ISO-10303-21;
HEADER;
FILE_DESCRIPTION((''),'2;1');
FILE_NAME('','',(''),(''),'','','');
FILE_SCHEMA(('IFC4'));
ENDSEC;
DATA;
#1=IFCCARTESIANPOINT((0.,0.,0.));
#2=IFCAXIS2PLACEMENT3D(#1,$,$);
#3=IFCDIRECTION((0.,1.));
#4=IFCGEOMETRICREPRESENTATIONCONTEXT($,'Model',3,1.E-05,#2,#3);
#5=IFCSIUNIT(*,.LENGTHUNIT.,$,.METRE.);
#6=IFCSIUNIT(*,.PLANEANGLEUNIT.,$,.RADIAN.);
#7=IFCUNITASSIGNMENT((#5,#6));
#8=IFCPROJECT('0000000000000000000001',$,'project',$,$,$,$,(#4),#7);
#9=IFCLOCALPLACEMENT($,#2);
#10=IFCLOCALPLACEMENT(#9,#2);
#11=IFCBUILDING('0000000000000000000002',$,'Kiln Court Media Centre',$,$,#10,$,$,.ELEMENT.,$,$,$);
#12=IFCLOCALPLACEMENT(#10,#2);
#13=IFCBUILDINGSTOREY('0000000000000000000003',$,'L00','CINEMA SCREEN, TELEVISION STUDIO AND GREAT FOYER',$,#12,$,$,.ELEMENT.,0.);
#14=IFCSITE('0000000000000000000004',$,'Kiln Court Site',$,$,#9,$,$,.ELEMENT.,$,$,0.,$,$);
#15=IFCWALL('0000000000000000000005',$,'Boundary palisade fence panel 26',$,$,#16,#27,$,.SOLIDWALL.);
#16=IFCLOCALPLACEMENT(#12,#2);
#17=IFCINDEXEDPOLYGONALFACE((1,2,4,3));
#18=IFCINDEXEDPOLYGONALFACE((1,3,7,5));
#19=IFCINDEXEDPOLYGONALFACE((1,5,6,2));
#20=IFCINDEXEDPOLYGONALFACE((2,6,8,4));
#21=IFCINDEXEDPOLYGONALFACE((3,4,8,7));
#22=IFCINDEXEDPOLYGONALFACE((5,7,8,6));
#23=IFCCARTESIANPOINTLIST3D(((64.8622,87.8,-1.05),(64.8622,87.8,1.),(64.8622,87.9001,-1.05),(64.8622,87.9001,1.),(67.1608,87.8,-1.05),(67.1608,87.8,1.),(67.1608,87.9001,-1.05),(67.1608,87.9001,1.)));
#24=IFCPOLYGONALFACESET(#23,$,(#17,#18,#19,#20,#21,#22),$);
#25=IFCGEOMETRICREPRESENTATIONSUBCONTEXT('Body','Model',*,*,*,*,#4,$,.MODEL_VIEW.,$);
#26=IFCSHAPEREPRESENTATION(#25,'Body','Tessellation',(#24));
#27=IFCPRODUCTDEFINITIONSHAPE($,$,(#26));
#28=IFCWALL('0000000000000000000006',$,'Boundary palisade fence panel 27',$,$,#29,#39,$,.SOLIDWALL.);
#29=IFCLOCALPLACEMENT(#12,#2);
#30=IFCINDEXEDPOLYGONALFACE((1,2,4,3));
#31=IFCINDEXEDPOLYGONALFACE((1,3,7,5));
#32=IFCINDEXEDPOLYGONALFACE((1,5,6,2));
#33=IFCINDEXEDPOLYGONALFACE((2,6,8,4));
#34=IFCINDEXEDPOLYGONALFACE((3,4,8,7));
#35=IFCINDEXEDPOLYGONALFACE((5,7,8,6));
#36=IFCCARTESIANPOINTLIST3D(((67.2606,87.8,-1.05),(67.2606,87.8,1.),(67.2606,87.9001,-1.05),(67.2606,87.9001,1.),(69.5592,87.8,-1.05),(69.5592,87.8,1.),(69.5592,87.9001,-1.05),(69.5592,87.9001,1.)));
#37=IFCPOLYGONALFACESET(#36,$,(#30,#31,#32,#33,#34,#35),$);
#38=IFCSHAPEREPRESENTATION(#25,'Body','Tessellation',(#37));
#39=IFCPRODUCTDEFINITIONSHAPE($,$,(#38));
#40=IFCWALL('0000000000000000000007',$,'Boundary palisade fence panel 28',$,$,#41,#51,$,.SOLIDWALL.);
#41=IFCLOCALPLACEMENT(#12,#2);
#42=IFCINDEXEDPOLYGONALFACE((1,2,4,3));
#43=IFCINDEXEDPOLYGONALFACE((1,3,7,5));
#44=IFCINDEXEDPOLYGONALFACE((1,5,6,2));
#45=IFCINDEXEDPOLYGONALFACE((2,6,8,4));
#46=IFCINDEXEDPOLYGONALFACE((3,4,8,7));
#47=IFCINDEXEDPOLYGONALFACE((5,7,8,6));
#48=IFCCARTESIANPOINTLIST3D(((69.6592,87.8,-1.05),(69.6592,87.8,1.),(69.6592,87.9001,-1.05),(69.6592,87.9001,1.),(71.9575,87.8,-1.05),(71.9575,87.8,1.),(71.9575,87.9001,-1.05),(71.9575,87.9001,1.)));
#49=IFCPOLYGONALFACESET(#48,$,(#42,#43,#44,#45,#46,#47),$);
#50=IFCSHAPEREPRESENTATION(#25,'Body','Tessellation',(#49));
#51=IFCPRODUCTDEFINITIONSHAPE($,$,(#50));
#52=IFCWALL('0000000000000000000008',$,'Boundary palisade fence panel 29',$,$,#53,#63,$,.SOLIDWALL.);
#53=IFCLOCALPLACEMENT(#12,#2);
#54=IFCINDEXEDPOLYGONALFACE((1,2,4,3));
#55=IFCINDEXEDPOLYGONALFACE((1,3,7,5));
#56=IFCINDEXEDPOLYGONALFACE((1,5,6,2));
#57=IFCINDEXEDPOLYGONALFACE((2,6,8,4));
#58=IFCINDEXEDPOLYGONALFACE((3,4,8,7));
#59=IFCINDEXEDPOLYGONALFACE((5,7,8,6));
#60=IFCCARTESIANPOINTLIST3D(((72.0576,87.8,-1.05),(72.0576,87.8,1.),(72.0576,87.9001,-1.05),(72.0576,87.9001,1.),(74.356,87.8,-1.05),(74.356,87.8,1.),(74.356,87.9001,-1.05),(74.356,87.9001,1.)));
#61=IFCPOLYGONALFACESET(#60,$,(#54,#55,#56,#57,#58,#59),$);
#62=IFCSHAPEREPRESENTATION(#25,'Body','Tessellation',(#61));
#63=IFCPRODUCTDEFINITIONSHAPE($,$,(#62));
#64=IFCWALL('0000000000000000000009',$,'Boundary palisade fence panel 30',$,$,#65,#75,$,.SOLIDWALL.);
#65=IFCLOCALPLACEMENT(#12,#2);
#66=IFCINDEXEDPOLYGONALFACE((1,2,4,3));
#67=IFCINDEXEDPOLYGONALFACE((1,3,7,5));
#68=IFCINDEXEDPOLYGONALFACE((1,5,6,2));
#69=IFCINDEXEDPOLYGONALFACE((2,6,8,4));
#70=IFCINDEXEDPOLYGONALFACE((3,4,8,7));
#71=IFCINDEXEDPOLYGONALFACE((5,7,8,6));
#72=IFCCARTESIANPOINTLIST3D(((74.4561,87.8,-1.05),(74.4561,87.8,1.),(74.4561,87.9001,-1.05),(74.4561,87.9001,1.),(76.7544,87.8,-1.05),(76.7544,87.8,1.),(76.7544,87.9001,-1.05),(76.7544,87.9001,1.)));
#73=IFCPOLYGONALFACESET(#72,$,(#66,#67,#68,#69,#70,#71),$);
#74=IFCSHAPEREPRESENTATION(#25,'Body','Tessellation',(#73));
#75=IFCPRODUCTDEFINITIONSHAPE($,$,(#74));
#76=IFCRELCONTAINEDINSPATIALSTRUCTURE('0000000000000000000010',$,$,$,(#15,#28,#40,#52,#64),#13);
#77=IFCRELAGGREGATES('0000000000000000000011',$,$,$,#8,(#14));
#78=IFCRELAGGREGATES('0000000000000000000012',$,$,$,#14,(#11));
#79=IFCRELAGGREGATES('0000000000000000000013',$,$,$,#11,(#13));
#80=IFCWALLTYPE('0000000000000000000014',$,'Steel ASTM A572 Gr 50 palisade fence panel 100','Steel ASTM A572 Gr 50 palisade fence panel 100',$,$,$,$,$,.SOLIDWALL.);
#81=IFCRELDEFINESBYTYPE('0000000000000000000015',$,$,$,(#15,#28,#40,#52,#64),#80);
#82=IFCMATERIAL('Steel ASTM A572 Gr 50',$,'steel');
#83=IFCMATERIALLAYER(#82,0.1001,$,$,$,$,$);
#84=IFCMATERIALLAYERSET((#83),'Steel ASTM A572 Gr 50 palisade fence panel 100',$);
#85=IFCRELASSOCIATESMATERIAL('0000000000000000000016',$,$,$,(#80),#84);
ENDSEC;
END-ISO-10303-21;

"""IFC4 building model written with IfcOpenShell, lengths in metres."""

from ifc_helpers import new_model, si_unit, direction, frame, frame_2d, origin, place, context, subcontext, project, spatial, rectangle, extrude, material, layer, layer_set, type_object, element, save


model = new_model("IFC4")

# Units and contexts
model_context = context("Model", 3, precision=1e-05, world=origin(), true_north=direction((0.0, 1.0)))
body_context = subcontext(model_context, "Body", "Model", "MODEL_VIEW")
ifc_project = project(units=[si_unit("LENGTHUNIT", "METRE"), si_unit("PLANEANGLEUNIT", "RADIAN")], contexts=[model_context])

# Site, building, storey
site_placement = place(None, origin())
site = spatial("IfcSite", under=ifc_project, at=site_placement, Name="Kiln Court Site", CompositionType="ELEMENT", RefElevation=0.0)
building_placement = place(site_placement, origin())
building = spatial("IfcBuilding", under=site, at=building_placement, Name="Kiln Court Media Centre", CompositionType="ELEMENT")
storey_placement = place(building_placement, origin())
storey = spatial("IfcBuildingStorey", under=building, at=storey_placement, Name="L00", Description="CINEMA SCREEN, TELEVISION STUDIO AND GREAT FOYER", CompositionType="ELEMENT", Elevation=0.0)

# Walls
ifc_material_1 = material(Name="Steel ASTM A572 Gr 50", Category="steel")
ifc_layer_1 = layer(ifc_material_1, 0.1001)
ifc_layer_set_1 = layer_set([ifc_layer_1], Name="Steel ASTM A572 Gr 50 palisade fence panel 100")
wall_type_1 = type_object("IfcWallType", Name="Steel ASTM A572 Gr 50 palisade fence panel 100", Description="Steel ASTM A572 Gr 50 palisade fence panel 100", PredefinedType="SOLIDWALL", material=ifc_layer_set_1)
for number, where, z_axis, x_axis, name in (
    (1, (64.8621, 87.8501, -1.05), (0.0, 0.0, 1.0), (1.0, 0.0, 0.0), "Boundary palisade fence panel 26"),
    (2, (67.2605, 87.8501, -1.05), (0.0, 0.0, 1.0), (1.0, 0.0, 0.0), "Boundary palisade fence panel 27"),
):
    element("IfcWall", number, at=place(storey_placement, frame(where, z_axis=z_axis, x_axis=x_axis)), inside=storey, type_object=wall_type_1, Name=name, PredefinedType="SOLIDWALL", context=body_context, shape_type="SweptSolid", body=[
        extrude(rectangle(XDim=2.2986, YDim=0.1001, at=frame_2d((1.1494, 0.0))), origin(), (0.0, 0.0, 1.0), 2.05),
    ])
for number, where, z_axis, x_axis, name in (
    (3, (69.6592, 87.8501, -1.05), (0.0, 0.0, 1.0), (1.0, 0.0, 0.0), "Boundary palisade fence panel 28"),
    (4, (72.0576, 87.8501, -1.05), (0.0, 0.0, 1.0), (1.0, 0.0, 0.0), "Boundary palisade fence panel 29"),
    (5, (74.4561, 87.8501, -1.05), (0.0, 0.0, 1.0), (1.0, 0.0, 0.0), "Boundary palisade fence panel 30"),
):
    element("IfcWall", number, at=place(storey_placement, frame(where, z_axis=z_axis, x_axis=x_axis)), inside=storey, type_object=wall_type_1, Name=name, PredefinedType="SOLIDWALL", context=body_context, shape_type="SweptSolid", body=[
        extrude(rectangle(XDim=2.2983, YDim=0.1001, at=frame_2d((1.1492, 0.0))), origin(), (0.0, 0.0, 1.0), 2.05),
    ])

save(model, "model.ifc")
